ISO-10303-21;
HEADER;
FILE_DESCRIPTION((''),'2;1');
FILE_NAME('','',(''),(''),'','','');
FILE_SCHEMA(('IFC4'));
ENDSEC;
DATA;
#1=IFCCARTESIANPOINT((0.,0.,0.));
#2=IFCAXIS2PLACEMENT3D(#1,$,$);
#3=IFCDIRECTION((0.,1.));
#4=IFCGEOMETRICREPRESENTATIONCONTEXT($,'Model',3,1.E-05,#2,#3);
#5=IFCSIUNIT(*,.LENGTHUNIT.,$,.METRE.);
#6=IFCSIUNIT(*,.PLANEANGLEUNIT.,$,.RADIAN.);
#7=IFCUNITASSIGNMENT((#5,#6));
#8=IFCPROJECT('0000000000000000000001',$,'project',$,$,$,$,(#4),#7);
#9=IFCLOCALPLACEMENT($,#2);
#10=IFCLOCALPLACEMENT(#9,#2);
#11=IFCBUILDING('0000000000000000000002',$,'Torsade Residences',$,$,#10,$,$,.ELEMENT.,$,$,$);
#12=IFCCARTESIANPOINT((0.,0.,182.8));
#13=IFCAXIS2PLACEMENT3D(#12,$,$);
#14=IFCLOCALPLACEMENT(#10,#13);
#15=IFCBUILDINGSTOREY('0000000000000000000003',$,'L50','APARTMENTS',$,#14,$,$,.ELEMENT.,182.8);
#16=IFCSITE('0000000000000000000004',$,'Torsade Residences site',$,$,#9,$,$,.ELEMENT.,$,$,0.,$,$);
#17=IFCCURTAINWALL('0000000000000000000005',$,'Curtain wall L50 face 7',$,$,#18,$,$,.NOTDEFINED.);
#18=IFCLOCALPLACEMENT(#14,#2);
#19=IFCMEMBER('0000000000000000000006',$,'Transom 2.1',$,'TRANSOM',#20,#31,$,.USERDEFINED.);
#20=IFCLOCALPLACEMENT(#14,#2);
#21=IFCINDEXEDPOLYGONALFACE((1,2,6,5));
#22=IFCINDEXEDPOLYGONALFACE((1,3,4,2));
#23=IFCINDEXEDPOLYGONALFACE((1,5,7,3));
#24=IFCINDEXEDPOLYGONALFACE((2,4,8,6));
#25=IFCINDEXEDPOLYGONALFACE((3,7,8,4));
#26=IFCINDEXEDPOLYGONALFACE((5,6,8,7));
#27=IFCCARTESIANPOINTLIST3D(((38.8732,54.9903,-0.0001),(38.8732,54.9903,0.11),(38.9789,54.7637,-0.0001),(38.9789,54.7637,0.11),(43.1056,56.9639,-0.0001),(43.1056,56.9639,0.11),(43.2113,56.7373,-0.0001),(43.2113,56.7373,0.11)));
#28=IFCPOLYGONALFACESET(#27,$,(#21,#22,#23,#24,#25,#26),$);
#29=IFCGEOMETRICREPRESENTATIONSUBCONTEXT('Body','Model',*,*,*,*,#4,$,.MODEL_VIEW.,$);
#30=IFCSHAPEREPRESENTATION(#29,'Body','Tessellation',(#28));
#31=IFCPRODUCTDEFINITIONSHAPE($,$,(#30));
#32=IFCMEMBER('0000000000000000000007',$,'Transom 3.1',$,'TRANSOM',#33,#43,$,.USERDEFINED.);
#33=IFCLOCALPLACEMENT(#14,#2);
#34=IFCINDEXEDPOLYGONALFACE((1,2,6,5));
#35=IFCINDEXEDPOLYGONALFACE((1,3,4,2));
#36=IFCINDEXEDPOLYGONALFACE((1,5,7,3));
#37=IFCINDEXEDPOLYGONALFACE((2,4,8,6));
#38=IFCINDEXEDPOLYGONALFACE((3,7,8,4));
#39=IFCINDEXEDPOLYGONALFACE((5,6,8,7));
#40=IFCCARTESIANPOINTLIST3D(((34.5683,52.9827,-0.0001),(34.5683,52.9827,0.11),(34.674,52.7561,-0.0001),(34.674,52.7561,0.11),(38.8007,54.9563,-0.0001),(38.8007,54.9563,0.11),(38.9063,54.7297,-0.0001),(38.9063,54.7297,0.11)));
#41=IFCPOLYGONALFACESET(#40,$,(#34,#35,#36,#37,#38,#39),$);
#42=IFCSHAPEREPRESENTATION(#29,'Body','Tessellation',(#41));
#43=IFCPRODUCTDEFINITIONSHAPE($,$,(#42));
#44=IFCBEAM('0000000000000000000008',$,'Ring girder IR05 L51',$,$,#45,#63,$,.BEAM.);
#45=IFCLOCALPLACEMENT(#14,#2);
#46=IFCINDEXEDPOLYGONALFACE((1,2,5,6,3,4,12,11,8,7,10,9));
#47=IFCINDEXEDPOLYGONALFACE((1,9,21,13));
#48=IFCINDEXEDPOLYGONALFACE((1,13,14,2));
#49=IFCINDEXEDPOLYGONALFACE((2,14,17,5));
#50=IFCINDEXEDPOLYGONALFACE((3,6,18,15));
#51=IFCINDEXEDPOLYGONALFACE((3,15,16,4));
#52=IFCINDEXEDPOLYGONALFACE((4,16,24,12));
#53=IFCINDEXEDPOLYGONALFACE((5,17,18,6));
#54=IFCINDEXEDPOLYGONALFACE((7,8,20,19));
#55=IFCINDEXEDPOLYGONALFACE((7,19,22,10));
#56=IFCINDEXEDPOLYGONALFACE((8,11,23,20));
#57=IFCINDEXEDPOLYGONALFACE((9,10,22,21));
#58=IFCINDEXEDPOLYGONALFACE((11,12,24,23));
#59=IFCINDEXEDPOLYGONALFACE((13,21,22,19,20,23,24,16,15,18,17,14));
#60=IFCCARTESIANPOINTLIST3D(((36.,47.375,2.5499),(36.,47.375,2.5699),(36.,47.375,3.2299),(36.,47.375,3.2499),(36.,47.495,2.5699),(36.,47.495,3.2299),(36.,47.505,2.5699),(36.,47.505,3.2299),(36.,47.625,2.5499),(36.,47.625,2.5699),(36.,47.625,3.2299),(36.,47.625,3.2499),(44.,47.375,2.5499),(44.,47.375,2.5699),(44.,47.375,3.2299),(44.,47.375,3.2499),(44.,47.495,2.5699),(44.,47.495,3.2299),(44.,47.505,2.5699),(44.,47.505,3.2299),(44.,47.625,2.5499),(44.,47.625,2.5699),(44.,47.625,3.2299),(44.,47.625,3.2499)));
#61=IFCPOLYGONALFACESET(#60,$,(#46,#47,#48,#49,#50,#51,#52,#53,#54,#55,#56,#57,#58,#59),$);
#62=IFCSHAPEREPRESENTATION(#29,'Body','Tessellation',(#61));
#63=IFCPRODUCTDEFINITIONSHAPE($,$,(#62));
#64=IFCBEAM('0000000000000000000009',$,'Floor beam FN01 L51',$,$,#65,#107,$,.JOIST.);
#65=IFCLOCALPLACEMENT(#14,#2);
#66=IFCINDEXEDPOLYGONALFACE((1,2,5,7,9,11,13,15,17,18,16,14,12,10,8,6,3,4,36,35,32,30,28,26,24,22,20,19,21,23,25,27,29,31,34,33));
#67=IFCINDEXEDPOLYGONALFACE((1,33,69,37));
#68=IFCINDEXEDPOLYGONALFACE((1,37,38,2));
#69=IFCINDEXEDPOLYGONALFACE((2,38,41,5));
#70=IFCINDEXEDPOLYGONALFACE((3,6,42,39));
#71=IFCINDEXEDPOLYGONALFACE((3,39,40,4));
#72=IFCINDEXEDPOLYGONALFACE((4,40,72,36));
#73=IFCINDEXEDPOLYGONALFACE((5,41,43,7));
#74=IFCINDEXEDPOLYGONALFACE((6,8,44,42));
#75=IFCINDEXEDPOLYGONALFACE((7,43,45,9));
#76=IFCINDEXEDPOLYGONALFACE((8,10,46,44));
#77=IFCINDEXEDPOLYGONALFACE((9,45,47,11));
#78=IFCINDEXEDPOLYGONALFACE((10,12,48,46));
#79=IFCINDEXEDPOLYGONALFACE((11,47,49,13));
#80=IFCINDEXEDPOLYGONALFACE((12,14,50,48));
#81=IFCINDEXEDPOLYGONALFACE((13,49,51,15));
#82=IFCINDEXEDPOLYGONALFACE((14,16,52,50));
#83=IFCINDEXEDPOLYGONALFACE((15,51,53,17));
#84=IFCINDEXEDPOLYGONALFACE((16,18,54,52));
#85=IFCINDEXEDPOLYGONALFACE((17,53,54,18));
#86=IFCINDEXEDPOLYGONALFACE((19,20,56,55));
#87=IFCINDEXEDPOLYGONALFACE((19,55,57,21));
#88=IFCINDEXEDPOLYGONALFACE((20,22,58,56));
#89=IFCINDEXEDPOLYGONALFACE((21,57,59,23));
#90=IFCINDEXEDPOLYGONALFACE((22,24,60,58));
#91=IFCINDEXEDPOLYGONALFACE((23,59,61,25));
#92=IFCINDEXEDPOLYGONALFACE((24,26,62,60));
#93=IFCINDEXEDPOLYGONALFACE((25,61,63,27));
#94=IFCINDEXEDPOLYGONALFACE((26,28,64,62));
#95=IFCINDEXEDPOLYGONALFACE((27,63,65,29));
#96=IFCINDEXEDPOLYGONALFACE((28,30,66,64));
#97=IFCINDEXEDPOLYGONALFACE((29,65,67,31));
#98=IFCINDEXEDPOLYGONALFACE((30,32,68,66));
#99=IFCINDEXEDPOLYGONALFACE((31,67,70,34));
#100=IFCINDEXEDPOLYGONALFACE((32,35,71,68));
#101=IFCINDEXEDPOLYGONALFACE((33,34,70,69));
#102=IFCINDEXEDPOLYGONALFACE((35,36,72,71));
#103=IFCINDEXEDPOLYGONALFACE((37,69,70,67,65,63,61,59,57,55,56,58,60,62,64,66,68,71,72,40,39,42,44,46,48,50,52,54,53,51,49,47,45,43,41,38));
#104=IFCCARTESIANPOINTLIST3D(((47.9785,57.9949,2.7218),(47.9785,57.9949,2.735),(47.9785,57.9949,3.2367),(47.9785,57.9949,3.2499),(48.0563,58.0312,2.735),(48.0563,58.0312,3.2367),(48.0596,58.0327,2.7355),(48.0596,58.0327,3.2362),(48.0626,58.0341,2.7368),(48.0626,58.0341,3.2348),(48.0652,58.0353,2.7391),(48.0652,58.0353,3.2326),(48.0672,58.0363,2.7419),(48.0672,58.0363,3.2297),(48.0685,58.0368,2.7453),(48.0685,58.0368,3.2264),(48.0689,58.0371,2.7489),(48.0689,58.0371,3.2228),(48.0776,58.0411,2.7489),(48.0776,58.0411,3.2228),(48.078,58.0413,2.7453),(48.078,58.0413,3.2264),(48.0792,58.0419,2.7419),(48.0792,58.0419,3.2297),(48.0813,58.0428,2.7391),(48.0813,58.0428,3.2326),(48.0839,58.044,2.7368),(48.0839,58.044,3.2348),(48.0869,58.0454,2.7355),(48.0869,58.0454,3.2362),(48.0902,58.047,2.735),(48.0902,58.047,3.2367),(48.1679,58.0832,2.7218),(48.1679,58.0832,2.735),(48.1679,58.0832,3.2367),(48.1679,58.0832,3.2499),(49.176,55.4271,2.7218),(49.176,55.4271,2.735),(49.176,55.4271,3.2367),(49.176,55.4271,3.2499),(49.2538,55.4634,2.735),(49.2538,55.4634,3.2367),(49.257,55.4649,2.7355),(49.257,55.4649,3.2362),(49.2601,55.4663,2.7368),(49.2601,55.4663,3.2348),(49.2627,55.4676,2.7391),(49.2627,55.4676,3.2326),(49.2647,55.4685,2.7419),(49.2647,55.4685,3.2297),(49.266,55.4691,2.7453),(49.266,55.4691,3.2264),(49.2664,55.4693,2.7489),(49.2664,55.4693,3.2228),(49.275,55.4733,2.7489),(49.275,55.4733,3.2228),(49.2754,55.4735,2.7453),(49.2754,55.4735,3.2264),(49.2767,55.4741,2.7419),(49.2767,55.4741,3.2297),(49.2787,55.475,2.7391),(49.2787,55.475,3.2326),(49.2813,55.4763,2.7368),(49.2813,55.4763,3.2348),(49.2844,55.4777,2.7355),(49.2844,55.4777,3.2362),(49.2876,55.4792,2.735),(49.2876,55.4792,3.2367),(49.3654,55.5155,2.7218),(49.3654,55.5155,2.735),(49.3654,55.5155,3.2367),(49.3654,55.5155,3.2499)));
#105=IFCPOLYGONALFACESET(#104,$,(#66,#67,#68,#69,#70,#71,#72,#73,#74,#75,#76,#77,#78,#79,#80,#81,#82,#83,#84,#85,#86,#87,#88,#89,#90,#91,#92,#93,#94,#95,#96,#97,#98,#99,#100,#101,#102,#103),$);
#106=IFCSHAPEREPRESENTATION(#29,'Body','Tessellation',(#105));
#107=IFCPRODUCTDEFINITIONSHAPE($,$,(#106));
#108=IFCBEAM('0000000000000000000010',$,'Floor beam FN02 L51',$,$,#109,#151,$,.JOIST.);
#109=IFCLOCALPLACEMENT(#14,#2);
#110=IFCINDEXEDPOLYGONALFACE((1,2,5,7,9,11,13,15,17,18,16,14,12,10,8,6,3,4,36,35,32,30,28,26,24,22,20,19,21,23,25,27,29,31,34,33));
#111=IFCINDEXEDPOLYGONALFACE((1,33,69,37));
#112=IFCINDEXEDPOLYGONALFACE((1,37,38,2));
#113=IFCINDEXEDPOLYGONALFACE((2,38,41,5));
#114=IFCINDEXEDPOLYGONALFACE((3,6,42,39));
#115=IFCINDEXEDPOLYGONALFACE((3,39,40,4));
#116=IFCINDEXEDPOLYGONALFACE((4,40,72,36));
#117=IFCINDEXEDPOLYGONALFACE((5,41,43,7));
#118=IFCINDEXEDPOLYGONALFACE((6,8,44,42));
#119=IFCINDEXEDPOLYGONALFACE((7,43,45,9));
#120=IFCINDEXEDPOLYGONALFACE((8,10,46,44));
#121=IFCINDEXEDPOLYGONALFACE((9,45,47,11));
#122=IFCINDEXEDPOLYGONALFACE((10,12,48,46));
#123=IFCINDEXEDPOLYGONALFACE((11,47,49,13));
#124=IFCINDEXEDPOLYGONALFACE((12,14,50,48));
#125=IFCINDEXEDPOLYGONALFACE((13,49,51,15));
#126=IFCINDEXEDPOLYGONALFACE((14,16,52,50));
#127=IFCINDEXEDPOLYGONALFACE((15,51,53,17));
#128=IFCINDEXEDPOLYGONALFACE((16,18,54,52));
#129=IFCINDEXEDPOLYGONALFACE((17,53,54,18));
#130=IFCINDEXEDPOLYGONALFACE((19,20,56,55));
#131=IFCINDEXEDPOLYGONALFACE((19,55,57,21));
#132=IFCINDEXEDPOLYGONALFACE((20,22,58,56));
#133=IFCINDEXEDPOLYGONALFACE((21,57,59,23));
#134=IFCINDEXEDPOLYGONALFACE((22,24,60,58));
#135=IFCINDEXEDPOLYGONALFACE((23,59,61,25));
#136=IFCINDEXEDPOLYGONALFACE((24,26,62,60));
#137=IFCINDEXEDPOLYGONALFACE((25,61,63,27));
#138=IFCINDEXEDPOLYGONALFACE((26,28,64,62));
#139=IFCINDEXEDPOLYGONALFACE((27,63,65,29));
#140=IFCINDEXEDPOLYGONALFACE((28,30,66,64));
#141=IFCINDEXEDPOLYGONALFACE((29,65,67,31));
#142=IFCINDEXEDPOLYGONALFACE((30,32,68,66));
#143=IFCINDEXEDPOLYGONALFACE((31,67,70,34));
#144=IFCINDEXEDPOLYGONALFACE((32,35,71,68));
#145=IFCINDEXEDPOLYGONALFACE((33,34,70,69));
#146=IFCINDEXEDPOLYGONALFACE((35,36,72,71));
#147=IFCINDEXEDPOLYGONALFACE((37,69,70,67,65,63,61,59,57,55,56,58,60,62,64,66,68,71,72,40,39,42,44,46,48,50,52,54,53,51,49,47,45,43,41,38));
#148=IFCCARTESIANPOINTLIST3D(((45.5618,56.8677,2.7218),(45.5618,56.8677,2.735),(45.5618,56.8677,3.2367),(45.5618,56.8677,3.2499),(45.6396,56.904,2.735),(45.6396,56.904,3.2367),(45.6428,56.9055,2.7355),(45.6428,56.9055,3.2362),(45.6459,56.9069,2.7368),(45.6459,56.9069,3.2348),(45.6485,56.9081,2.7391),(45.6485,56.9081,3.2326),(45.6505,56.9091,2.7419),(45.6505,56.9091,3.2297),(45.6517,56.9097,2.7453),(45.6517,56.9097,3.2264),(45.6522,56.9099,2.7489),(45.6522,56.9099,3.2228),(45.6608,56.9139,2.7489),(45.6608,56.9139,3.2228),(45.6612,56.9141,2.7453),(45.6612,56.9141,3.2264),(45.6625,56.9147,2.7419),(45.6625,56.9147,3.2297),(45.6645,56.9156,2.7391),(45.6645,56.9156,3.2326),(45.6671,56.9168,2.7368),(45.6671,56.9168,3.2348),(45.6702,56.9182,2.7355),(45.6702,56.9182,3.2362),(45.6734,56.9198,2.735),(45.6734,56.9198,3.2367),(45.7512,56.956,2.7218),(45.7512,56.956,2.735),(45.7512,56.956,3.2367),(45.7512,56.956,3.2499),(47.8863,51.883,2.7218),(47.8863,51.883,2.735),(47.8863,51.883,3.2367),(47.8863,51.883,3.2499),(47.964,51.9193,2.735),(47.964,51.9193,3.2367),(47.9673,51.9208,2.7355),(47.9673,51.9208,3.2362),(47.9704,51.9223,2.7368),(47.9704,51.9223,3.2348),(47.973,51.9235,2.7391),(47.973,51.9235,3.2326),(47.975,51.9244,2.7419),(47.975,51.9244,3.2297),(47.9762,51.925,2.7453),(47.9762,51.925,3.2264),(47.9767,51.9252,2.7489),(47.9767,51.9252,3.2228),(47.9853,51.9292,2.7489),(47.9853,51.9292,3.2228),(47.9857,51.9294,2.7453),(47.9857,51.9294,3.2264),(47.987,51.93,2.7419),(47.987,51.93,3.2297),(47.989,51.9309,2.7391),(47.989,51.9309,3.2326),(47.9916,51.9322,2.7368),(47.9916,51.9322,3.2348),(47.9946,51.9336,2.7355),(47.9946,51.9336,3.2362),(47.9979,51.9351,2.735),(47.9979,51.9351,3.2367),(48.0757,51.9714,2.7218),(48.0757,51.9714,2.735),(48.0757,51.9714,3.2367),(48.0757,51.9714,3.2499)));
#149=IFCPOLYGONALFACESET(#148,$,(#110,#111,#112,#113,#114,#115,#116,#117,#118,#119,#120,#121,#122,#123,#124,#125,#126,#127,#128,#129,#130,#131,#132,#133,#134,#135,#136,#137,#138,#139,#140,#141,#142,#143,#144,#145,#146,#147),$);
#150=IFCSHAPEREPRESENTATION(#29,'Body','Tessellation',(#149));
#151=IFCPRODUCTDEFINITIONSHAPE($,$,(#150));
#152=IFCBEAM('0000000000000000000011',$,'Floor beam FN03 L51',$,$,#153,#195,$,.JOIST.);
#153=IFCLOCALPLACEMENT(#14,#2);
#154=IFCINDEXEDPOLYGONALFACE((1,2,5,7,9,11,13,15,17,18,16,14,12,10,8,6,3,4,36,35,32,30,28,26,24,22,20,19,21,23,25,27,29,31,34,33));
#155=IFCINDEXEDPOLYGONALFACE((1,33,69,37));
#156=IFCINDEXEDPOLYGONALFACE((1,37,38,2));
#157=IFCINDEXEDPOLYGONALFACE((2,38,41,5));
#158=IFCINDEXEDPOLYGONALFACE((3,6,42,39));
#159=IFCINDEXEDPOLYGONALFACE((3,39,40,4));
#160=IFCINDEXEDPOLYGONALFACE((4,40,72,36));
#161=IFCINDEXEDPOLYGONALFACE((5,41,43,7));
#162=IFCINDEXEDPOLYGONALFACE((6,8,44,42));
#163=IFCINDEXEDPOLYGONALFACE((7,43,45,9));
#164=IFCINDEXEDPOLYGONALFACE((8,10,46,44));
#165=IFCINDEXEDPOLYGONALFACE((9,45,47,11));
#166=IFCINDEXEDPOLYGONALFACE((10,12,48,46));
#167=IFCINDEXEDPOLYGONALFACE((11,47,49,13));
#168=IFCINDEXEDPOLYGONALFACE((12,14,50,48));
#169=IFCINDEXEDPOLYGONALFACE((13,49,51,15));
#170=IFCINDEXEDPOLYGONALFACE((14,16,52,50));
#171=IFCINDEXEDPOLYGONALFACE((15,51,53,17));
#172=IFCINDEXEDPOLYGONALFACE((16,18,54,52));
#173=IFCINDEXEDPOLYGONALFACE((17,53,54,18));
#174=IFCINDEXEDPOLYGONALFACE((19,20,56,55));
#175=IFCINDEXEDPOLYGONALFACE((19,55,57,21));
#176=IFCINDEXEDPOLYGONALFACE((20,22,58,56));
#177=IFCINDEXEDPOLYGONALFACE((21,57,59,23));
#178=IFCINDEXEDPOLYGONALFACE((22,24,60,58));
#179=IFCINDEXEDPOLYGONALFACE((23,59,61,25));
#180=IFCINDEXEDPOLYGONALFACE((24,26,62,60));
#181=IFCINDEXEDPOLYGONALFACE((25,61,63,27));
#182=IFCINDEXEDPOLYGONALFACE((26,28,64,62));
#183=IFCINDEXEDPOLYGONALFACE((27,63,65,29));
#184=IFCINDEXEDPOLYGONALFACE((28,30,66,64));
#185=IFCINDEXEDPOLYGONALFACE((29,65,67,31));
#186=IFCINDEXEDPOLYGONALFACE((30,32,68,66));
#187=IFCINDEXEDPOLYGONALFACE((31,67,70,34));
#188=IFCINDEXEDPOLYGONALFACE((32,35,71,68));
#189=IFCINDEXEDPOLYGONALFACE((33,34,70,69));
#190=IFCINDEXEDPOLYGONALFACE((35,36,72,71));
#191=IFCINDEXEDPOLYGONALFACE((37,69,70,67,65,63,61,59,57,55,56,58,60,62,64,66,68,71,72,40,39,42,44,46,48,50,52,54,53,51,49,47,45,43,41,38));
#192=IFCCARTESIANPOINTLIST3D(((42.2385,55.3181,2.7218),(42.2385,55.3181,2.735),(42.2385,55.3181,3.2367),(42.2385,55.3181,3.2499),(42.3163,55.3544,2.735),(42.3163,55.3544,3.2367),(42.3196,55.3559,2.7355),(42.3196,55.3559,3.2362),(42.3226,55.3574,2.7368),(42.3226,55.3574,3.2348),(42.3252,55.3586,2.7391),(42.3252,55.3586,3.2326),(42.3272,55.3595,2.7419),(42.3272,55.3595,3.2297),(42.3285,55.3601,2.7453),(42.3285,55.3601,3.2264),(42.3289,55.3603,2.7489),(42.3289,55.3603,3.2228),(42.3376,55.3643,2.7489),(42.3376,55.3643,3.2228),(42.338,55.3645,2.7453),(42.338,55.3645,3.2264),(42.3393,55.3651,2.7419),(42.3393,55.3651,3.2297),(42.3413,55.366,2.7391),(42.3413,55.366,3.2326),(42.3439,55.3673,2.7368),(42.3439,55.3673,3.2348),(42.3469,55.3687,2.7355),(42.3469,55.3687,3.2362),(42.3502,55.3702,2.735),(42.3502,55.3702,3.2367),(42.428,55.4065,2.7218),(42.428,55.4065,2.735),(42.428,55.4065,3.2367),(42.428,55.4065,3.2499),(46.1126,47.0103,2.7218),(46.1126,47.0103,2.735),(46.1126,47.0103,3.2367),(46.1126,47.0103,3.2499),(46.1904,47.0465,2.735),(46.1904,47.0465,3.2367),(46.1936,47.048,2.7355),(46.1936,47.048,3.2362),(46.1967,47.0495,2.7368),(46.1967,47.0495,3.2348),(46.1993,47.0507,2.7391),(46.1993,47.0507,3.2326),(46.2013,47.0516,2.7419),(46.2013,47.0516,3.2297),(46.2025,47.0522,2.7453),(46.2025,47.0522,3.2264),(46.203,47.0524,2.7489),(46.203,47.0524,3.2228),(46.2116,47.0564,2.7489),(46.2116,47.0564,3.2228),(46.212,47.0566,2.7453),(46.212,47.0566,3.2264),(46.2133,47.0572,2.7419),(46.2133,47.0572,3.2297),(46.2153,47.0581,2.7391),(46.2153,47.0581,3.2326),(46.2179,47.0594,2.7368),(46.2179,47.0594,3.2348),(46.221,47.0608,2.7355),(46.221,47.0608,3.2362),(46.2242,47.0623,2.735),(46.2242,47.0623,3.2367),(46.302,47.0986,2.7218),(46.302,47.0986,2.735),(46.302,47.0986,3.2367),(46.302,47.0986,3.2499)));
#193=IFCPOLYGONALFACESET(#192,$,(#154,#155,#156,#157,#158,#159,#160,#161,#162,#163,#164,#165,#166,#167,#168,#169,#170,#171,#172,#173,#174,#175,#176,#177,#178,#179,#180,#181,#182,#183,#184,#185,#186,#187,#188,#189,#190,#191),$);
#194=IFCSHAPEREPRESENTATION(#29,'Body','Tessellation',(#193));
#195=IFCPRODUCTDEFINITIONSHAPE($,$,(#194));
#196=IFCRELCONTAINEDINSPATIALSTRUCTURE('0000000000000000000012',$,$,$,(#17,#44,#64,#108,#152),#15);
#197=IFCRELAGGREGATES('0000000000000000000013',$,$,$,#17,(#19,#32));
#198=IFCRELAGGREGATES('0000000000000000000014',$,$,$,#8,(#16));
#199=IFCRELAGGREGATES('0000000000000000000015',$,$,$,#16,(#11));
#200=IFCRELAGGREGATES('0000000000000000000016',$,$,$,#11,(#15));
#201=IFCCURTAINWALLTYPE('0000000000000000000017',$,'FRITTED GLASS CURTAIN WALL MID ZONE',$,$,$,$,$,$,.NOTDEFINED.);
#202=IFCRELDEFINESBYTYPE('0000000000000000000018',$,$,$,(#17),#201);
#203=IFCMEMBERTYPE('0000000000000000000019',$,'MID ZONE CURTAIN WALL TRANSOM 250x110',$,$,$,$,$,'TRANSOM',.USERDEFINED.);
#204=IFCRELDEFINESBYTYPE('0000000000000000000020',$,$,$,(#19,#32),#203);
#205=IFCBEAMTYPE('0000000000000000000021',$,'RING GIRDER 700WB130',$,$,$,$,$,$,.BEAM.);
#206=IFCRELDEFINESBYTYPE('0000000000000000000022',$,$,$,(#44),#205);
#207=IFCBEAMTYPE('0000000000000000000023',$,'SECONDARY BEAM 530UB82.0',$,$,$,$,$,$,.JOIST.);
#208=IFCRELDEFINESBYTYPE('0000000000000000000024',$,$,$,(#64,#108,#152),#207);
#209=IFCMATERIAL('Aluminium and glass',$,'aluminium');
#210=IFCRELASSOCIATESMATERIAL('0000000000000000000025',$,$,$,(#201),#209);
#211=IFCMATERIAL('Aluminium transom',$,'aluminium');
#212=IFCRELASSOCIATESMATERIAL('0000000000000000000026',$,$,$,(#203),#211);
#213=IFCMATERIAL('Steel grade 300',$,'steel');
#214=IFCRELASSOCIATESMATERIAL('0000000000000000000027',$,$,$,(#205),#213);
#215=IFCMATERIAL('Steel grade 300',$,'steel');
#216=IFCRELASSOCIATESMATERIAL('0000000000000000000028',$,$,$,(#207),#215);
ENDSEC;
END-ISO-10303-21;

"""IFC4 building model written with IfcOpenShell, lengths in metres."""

from ifc_helpers import new_model, si_unit, direction, frame, origin, origin_2d, place, context, subcontext, project, spatial, rectangle, i_section, extrude, material, material_profile, profile_set, type_object, element, aggregate, save


model = new_model("IFC4")

# Units and contexts
model_context = context("Model", 3, precision=1e-05, world=origin(), true_north=direction((0.0, 1.0)))
body_context = subcontext(model_context, "Body", "Model", "MODEL_VIEW")
ifc_project = project(units=[si_unit("LENGTHUNIT", "METRE"), si_unit("PLANEANGLEUNIT", "RADIAN")], contexts=[model_context])

# Site, building, storey
site_placement = place(None, origin())
site = spatial("IfcSite", under=ifc_project, at=site_placement, Name="Torsade Residences site", CompositionType="ELEMENT", RefElevation=0.0)
building_placement = place(site_placement, origin())
building = spatial("IfcBuilding", under=site, at=building_placement, Name="Torsade Residences", CompositionType="ELEMENT")
storey_placement = place(building_placement, frame((0.0, 0.0, 182.8)))
storey = spatial("IfcBuildingStorey", under=building, at=storey_placement, Name="L50", Description="APARTMENTS", CompositionType="ELEMENT", Elevation=182.8)

# Curtain wall, members
ifc_material_1 = material(Name="Aluminium and glass", Category="aluminium")
curtain_wall_type = type_object("IfcCurtainWallType", Name="FRITTED GLASS CURTAIN WALL MID ZONE", PredefinedType="NOTDEFINED", material=ifc_material_1)
curtain_wall_placement = place(storey_placement, origin())
curtain_wall = element("IfcCurtainWall", 1, at=curtain_wall_placement, inside=storey, type_object=curtain_wall_type, Name="Curtain wall L50 face 7", PredefinedType="NOTDEFINED")
ifc_material_2 = material(Name="Aluminium transom", Category="aluminium")
ifc_material_profile_1 = material_profile(ifc_material_2, rectangle(XDim=0.25, YDim=0.1101, at=origin_2d()), Name="MID ZONE CURTAIN WALL TRANSOM 250x110")
ifc_profile_set_1 = profile_set([ifc_material_profile_1], Name="Aluminium transom")
member_type_1 = type_object("IfcMemberType", Name="MID ZONE CURTAIN WALL TRANSOM 250x110", ElementType="TRANSOM", PredefinedType="USERDEFINED", material=ifc_profile_set_1)
member_1_placement = place(storey_placement, frame((43.1584, 56.8506, 0.0549), z_axis=(-0.906306, -0.422622, 0.0), x_axis=(0.422622, -0.906306, 0.0)))
member_1 = element("IfcMember", 2, at=member_1_placement, type_object=member_type_1, Name="Transom 2.1", ObjectType="TRANSOM", PredefinedType="USERDEFINED", context=body_context, shape_type="SweptSolid", body=[
    extrude(rectangle(XDim=0.25, YDim=0.1101, at=origin_2d()), origin(), (0.0, 0.0, 1.0), 4.6699),
])
member_2_placement = place(storey_placement, frame((38.8535, 54.843, 0.0549), z_axis=(-0.906306, -0.422622, 0.0), x_axis=(0.422622, -0.906306, 0.0)))
member_2 = element("IfcMember", 3, at=member_2_placement, type_object=member_type_1, Name="Transom 3.1", ObjectType="TRANSOM", PredefinedType="USERDEFINED", context=body_context, shape_type="SweptSolid", body=[
    extrude(rectangle(XDim=0.25, YDim=0.1101, at=origin_2d()), origin(), (0.0, 0.0, 1.0), 4.6699),
])

# Beams
ifc_material_3 = material(Name="Steel grade 300", Category="steel")
ifc_material_profile_2 = material_profile(ifc_material_3, i_section(OverallWidth=0.25, OverallDepth=0.7, WebThickness=0.01, FlangeThickness=0.02, at=origin_2d()), Name="700WB130")
ifc_profile_set_2 = profile_set([ifc_material_profile_2], Name="Steel grade 300")
beam_type_1 = type_object("IfcBeamType", Name="RING GIRDER 700WB130", PredefinedType="BEAM", material=ifc_profile_set_2)
beam_1_placement = place(storey_placement, frame((44.0, 47.5, 2.8999), z_axis=(-1.0, 0.0, 0.0), x_axis=(0.0, -1.0, 0.0)))
element("IfcBeam", 4, at=beam_1_placement, inside=storey, type_object=beam_type_1, Name="Ring girder IR05 L51", PredefinedType="BEAM", context=body_context, shape_type="SweptSolid", body=[
    extrude(i_section(OverallWidth=0.25, OverallDepth=0.7, WebThickness=0.01, FlangeThickness=0.02, at=origin_2d()), origin(), (0.0, 0.0, 1.0), 8.0),
])
ifc_material_4 = material(Name="Steel grade 300", Category="steel")
ifc_material_profile_3 = material_profile(ifc_material_4, i_section(OverallWidth=0.209, OverallDepth=0.5281, WebThickness=0.0095, FlangeThickness=0.0132, FilletRadius=0.0139, at=origin_2d()), Name="530UB82.0")
ifc_profile_set_3 = profile_set([ifc_material_profile_3], Name="Steel grade 300")
beam_type_2 = type_object("IfcBeamType", Name="SECONDARY BEAM 530UB82.0", PredefinedType="JOIST", material=ifc_profile_set_3)
beam_2_placement = place(storey_placement, frame((48.0732, 58.0391, 2.9858), z_axis=(0.422645, -0.906295, 0.0), x_axis=(0.906295, 0.422645, 0.0)))
element("IfcBeam", 5, at=beam_2_placement, inside=storey, type_object=beam_type_2, Name="Floor beam FN01 L51", PredefinedType="JOIST", context=body_context, shape_type="SweptSolid", body=[
    extrude(i_section(OverallWidth=0.209, OverallDepth=0.5281, WebThickness=0.0095, FlangeThickness=0.0132, FilletRadius=0.0139, at=origin_2d()), origin(), (0.0, 0.0, 1.0), 2.8333),
])
beam_3_placement = place(storey_placement, frame((45.6565, 56.9119, 2.9858), z_axis=(0.422633, -0.906301, 0.0), x_axis=(0.906301, 0.422633, 0.0)))
element("IfcBeam", 6, at=beam_3_placement, inside=storey, type_object=beam_type_2, Name="Floor beam FN02 L51", PredefinedType="JOIST", context=body_context, shape_type="SweptSolid", body=[
    extrude(i_section(OverallWidth=0.209, OverallDepth=0.5281, WebThickness=0.0095, FlangeThickness=0.0132, FilletRadius=0.0139, at=origin_2d()), origin(), (0.0, 0.0, 1.0), 5.5),
])
beam_4_placement = place(storey_placement, frame((42.3333, 55.3623, 2.9858), z_axis=(0.422619, -0.906308, 0.0), x_axis=(0.906308, 0.422619, 0.0)))
element("IfcBeam", 7, at=beam_4_placement, inside=storey, type_object=beam_type_2, Name="Floor beam FN03 L51", PredefinedType="JOIST", context=body_context, shape_type="SweptSolid", body=[
    extrude(i_section(OverallWidth=0.209, OverallDepth=0.5281, WebThickness=0.0095, FlangeThickness=0.0132, FilletRadius=0.0139, at=origin_2d()), origin(), (0.0, 0.0, 1.0), 9.1667),
])

aggregate(curtain_wall, [member_1, member_2])

save(model, "model.ifc")
